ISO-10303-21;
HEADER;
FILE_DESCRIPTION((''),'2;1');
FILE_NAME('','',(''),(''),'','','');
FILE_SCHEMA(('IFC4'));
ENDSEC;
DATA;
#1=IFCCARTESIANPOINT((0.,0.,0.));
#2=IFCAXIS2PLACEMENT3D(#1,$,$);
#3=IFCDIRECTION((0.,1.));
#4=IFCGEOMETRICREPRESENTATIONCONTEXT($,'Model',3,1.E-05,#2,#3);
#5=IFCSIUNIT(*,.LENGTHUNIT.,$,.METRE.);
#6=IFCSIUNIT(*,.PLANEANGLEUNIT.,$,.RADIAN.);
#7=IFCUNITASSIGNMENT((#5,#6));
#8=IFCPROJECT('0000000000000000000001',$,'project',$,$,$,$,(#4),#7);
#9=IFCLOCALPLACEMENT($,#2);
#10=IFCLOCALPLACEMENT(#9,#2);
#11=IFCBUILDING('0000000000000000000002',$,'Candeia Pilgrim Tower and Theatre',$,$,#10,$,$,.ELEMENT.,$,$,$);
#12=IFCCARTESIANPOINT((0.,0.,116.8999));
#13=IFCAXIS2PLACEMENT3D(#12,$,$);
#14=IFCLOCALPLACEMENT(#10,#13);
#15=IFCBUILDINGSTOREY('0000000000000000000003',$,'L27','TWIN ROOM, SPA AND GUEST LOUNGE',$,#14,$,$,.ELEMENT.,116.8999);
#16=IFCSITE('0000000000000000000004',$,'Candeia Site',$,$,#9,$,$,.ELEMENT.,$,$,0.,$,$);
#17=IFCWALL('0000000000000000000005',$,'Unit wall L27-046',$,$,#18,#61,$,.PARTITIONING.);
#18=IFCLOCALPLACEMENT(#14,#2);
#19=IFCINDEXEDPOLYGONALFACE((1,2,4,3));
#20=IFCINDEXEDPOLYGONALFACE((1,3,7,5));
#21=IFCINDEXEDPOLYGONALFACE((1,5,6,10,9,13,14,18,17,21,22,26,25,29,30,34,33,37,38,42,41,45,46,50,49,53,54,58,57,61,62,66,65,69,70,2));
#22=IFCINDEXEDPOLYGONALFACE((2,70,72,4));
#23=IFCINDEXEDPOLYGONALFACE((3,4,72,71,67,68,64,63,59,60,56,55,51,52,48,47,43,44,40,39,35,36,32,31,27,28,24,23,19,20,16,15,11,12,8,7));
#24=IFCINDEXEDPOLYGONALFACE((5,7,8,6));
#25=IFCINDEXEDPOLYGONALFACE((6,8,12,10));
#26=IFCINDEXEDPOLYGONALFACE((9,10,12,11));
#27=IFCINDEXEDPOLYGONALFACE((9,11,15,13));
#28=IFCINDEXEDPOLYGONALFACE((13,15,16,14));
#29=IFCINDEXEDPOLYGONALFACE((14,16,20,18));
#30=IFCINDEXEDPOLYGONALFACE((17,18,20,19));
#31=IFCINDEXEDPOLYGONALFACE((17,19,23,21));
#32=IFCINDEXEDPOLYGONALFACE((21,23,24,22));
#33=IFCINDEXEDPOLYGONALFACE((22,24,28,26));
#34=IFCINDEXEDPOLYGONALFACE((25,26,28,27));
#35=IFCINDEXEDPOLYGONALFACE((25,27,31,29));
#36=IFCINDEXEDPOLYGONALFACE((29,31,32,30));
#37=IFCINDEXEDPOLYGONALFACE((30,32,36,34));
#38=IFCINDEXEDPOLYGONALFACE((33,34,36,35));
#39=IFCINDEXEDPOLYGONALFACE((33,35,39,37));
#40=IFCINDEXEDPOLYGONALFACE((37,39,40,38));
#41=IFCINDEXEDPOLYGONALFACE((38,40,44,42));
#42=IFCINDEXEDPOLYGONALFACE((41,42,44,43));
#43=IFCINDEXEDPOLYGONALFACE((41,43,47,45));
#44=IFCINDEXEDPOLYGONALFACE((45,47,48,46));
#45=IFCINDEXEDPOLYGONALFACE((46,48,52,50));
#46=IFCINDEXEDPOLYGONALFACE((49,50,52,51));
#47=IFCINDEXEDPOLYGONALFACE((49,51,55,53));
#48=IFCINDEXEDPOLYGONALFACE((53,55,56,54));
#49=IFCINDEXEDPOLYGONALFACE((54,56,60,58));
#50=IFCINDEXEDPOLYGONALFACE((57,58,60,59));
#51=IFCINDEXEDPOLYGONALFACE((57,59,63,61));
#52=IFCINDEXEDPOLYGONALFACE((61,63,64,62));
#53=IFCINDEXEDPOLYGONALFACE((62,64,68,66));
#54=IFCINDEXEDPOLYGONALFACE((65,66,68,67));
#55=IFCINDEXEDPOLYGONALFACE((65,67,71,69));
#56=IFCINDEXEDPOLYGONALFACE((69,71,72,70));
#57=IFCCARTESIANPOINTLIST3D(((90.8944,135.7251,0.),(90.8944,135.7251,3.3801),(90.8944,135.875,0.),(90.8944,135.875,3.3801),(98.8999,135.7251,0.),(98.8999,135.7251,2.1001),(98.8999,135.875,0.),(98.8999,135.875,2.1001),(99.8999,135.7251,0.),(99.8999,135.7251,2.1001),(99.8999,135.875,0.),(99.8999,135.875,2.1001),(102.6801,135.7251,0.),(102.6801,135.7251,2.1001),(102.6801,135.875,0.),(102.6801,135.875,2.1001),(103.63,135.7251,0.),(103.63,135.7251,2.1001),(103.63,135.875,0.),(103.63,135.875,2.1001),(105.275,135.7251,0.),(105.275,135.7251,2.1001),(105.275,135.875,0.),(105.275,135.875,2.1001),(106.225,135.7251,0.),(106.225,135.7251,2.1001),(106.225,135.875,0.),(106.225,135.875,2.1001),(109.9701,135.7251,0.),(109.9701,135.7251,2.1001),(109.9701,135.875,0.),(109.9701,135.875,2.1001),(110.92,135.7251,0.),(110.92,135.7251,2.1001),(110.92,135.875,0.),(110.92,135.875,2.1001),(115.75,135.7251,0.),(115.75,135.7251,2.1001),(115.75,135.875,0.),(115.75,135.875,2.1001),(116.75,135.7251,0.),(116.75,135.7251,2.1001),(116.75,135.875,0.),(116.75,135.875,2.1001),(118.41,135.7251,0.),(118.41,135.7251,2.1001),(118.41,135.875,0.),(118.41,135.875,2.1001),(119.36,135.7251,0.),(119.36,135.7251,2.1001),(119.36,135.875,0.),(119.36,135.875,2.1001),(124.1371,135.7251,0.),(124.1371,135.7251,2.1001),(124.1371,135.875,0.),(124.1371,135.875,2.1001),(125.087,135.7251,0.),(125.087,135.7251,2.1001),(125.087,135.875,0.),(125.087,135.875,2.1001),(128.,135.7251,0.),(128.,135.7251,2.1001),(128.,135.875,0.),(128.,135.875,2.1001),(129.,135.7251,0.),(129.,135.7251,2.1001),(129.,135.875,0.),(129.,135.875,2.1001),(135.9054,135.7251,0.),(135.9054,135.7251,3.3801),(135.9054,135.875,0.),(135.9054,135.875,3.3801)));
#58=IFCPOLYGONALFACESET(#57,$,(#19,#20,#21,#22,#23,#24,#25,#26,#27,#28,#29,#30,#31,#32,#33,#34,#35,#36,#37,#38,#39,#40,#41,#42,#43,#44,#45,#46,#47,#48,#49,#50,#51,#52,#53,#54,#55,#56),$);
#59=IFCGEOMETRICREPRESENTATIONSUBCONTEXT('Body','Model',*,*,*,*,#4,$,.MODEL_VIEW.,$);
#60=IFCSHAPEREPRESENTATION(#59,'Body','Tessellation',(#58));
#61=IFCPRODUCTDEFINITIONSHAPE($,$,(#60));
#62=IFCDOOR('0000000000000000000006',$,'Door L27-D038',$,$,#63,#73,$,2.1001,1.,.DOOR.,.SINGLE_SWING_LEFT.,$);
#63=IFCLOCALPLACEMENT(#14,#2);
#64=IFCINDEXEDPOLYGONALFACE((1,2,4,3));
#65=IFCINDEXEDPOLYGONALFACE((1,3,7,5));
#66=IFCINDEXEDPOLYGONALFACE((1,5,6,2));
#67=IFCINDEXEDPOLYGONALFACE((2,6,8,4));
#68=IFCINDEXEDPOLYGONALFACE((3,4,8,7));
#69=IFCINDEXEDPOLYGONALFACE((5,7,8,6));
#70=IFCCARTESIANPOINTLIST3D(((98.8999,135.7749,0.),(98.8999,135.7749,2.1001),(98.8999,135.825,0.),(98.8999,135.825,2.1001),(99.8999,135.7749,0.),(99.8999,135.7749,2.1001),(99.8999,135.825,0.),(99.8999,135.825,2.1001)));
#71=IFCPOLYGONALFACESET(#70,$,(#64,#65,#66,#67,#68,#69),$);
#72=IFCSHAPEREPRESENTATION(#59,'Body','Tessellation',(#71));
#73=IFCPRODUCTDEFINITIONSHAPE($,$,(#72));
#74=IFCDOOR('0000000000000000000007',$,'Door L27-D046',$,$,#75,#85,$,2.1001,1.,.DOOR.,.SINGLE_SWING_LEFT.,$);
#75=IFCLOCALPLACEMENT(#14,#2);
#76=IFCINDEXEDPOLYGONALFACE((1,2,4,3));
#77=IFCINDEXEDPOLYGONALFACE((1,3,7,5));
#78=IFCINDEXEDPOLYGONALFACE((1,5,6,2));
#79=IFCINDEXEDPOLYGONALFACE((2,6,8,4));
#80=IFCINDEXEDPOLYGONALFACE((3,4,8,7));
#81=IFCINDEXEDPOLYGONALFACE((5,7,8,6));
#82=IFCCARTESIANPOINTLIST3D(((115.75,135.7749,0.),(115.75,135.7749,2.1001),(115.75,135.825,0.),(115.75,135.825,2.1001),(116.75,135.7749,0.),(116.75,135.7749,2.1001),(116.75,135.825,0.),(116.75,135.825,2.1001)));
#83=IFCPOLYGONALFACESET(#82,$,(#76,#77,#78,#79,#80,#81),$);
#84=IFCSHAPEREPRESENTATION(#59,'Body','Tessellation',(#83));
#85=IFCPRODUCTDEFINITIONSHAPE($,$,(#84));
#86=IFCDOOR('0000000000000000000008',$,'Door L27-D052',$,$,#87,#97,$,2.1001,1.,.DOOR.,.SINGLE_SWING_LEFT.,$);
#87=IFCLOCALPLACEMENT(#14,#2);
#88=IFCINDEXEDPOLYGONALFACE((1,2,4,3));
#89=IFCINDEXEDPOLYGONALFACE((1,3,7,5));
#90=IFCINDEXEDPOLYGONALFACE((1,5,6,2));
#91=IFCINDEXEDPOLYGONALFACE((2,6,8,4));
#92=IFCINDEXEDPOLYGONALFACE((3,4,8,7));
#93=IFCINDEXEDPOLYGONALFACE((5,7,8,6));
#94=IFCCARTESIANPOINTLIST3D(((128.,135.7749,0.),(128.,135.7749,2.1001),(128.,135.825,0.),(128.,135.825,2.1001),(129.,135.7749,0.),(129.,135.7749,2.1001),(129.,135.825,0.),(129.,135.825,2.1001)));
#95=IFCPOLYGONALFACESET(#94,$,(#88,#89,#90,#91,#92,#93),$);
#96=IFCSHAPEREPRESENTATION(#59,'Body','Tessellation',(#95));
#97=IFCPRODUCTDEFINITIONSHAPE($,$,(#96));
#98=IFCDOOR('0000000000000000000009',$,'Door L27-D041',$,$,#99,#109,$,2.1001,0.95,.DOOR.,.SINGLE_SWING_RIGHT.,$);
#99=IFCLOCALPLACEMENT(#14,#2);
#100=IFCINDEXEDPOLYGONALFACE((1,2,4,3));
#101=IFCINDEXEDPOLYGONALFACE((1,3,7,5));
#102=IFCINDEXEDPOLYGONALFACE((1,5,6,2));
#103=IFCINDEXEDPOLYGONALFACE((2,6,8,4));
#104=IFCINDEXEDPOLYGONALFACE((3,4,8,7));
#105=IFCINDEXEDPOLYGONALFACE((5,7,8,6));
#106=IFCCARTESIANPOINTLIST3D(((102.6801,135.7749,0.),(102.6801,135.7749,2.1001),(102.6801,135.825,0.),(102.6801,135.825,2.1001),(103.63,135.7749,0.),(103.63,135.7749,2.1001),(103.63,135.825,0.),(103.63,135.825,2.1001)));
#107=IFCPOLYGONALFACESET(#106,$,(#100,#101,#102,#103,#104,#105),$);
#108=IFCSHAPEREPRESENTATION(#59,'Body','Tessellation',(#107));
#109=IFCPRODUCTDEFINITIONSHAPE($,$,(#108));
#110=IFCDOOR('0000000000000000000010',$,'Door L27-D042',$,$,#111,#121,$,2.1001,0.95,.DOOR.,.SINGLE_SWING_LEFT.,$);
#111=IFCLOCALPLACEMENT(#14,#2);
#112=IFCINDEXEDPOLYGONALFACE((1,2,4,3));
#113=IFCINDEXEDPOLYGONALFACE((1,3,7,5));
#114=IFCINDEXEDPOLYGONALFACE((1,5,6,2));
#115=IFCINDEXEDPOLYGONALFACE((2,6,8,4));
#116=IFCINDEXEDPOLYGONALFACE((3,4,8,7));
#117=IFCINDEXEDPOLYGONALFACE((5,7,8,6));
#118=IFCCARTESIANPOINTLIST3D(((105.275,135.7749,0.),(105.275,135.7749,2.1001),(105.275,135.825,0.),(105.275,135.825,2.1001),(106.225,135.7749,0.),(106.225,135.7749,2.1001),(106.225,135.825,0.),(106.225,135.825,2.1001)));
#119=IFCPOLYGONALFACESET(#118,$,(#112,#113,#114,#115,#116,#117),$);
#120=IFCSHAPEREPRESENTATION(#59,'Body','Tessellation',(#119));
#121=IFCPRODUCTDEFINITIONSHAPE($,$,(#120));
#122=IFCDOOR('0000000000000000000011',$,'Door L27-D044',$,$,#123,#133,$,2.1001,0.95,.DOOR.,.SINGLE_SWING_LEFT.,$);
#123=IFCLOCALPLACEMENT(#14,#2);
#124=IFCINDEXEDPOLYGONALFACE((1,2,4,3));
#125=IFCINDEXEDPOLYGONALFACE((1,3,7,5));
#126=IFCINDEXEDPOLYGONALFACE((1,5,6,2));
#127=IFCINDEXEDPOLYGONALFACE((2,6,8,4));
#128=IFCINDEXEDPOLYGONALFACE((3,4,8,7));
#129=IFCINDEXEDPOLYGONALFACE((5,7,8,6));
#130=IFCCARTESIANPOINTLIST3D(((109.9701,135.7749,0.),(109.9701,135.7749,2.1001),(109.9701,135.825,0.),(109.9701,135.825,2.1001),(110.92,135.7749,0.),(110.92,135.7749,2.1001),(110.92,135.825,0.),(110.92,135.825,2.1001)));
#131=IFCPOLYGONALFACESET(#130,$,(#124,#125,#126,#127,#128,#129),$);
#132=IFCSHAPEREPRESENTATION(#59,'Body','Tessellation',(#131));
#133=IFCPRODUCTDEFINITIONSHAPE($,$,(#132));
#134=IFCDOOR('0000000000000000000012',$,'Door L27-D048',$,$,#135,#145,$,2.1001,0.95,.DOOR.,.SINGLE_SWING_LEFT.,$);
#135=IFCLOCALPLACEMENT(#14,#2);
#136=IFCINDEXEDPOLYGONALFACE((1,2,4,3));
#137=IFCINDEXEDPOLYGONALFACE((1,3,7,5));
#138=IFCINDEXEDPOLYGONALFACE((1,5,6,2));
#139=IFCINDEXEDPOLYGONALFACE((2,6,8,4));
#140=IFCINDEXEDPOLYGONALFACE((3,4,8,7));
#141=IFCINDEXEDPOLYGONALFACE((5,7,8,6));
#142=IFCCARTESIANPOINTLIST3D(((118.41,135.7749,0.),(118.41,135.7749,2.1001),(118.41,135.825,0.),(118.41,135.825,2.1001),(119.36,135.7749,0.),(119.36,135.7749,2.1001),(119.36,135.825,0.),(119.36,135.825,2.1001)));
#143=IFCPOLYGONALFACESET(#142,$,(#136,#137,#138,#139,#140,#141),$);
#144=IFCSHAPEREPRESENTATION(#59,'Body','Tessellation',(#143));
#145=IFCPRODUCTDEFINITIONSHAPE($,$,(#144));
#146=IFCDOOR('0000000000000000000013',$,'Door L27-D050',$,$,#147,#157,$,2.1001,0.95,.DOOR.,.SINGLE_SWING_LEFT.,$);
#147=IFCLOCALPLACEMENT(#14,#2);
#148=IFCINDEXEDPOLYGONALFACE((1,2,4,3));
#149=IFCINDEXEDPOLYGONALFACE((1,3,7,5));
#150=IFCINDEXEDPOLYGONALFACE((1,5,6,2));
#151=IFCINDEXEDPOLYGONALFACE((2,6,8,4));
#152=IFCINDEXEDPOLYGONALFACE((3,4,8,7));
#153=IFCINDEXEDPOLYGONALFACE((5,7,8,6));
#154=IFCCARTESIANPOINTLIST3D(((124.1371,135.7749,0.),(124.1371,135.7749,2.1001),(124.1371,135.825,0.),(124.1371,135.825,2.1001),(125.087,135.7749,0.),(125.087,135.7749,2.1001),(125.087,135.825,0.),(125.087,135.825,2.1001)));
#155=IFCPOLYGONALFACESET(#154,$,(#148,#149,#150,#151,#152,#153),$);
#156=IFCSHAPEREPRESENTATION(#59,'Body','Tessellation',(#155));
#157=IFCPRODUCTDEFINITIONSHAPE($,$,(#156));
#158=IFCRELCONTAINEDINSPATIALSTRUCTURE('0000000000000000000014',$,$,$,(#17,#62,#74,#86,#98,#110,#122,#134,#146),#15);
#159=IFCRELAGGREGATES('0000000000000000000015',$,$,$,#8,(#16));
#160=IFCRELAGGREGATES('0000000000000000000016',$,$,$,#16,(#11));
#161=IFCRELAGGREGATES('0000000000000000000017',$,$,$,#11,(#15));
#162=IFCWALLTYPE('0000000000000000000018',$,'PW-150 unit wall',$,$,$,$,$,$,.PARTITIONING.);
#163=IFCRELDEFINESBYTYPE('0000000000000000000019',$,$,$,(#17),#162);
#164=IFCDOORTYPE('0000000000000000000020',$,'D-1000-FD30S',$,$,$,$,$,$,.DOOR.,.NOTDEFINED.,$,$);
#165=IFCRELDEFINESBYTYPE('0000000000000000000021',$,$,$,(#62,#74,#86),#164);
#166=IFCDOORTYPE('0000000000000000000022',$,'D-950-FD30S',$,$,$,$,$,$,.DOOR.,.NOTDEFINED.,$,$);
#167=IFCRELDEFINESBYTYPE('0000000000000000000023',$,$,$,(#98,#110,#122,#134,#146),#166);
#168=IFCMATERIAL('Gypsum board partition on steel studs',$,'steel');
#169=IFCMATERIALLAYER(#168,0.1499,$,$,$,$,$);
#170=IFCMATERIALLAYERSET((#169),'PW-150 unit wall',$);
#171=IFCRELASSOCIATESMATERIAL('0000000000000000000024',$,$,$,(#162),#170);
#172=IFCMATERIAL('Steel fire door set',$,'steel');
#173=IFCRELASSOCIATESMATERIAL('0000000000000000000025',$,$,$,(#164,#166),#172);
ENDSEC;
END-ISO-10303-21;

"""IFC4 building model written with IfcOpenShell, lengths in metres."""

from ifc_helpers import new_model, si_unit, direction, frame, frame_2d, origin, place, context, subcontext, project, spatial, rectangle, extrude, material, layer, layer_set, type_object, element, fill, save


model = new_model("IFC4")

# Units and contexts
model_context = context("Model", 3, precision=1e-05, world=origin(), true_north=direction((0.0, 1.0)))
body_context = subcontext(model_context, "Body", "Model", "MODEL_VIEW")
ifc_project = project(units=[si_unit("LENGTHUNIT", "METRE"), si_unit("PLANEANGLEUNIT", "RADIAN")], contexts=[model_context])

# Site, building, storey
site_placement = place(None, origin())
site = spatial("IfcSite", under=ifc_project, at=site_placement, Name="Candeia Site", CompositionType="ELEMENT", RefElevation=0.0)
building_placement = place(site_placement, origin())
building = spatial("IfcBuilding", under=site, at=building_placement, Name="Candeia Pilgrim Tower and Theatre", CompositionType="ELEMENT")
storey_placement = place(building_placement, frame((0.0, 0.0, 116.8999)))
storey = spatial("IfcBuildingStorey", under=building, at=storey_placement, Name="L27", Description="TWIN ROOM, SPA AND GUEST LOUNGE", CompositionType="ELEMENT", Elevation=116.8999)

# Shared definitions
ifc_material_1 = material(Name="Gypsum board partition on steel studs", Category="steel")

# Wall, openings, doors
ifc_layer_1 = layer(ifc_material_1, 0.1499)
ifc_layer_set_1 = layer_set([ifc_layer_1], Name="PW-150 unit wall")
wall_type_1 = type_object("IfcWallType", Name="PW-150 unit wall", PredefinedType="PARTITIONING", material=ifc_layer_set_1)
wall_1_placement = place(storey_placement, frame((90.8945, 135.8, 0.0), z_axis=(0.0, 0.0, 1.0), x_axis=(1.0, 0.0, 0.0)))
wall_1 = element("IfcWall", 1, at=wall_1_placement, inside=storey, type_object=wall_type_1, Name="Unit wall L27-046", PredefinedType="PARTITIONING", context=body_context, shape_type="SweptSolid", body=[
    extrude(rectangle(XDim=45.011, YDim=0.1499, at=frame_2d((22.5054, 0.0))), origin(), (0.0, 0.0, 1.0), 3.3801),
])
opening_1_placement = place(wall_1_placement, frame((8.0054, 0.0, 0.0)))
opening_1 = element("IfcOpeningElement", 2, at=opening_1_placement, cuts=wall_1, PredefinedType="OPENING", context=body_context, shape_type="SweptSolid", body=[
    extrude(rectangle(XDim=1.0, YDim=2.1001, at=frame_2d((0.5, 1.05))), frame((0.0, 0.085, 0.0), z_axis=(0.0, -1.0, 0.0), x_axis=(1.0, 0.0, 0.0)), (0.0, 0.0, 1.0), 0.1699),
])
opening_2_placement = place(wall_1_placement, frame((11.7854, 0.0, 0.0)))
opening_2 = element("IfcOpeningElement", 3, at=opening_2_placement, cuts=wall_1, PredefinedType="OPENING", context=body_context, shape_type="SweptSolid", body=[
    extrude(rectangle(XDim=0.95, YDim=2.1001, at=frame_2d((0.4751, 1.05))), frame((0.0, 0.085, 0.0), z_axis=(0.0, -1.0, 0.0), x_axis=(1.0, 0.0, 0.0)), (0.0, 0.0, 1.0), 0.1699),
])
opening_3_placement = place(wall_1_placement, frame((14.3804, 0.0, 0.0)))
opening_3 = element("IfcOpeningElement", 4, at=opening_3_placement, cuts=wall_1, PredefinedType="OPENING", context=body_context, shape_type="SweptSolid", body=[
    extrude(rectangle(XDim=0.95, YDim=2.1001, at=frame_2d((0.4751, 1.05))), frame((0.0, 0.085, 0.0), z_axis=(0.0, -1.0, 0.0), x_axis=(1.0, 0.0, 0.0)), (0.0, 0.0, 1.0), 0.1699),
])
opening_4_placement = place(wall_1_placement, frame((19.0754, 0.0, 0.0)))
opening_4 = element("IfcOpeningElement", 5, at=opening_4_placement, cuts=wall_1, PredefinedType="OPENING", context=body_context, shape_type="SweptSolid", body=[
    extrude(rectangle(XDim=0.95, YDim=2.1001, at=frame_2d((0.4751, 1.05))), frame((0.0, 0.085, 0.0), z_axis=(0.0, -1.0, 0.0), x_axis=(1.0, 0.0, 0.0)), (0.0, 0.0, 1.0), 0.1699),
])
opening_5_placement = place(wall_1_placement, frame((24.8555, 0.0, 0.0)))
opening_5 = element("IfcOpeningElement", 6, at=opening_5_placement, cuts=wall_1, PredefinedType="OPENING", context=body_context, shape_type="SweptSolid", body=[
    extrude(rectangle(XDim=1.0, YDim=2.1001, at=frame_2d((0.5, 1.05))), frame((0.0, 0.085, 0.0), z_axis=(0.0, -1.0, 0.0), x_axis=(1.0, 0.0, 0.0)), (0.0, 0.0, 1.0), 0.1699),
])
opening_6_placement = place(wall_1_placement, frame((27.5154, 0.0, 0.0)))
opening_6 = element("IfcOpeningElement", 7, at=opening_6_placement, cuts=wall_1, PredefinedType="OPENING", context=body_context, shape_type="SweptSolid", body=[
    extrude(rectangle(XDim=0.95, YDim=2.1001, at=frame_2d((0.4751, 1.05))), frame((0.0, 0.085, 0.0), z_axis=(0.0, -1.0, 0.0), x_axis=(1.0, 0.0, 0.0)), (0.0, 0.0, 1.0), 0.1699),
])
opening_7_placement = place(wall_1_placement, frame((33.2424, 0.0, 0.0)))
opening_7 = element("IfcOpeningElement", 8, at=opening_7_placement, cuts=wall_1, PredefinedType="OPENING", context=body_context, shape_type="SweptSolid", body=[
    extrude(rectangle(XDim=0.95, YDim=2.1001, at=frame_2d((0.4751, 1.05))), frame((0.0, 0.085, 0.0), z_axis=(0.0, -1.0, 0.0), x_axis=(1.0, 0.0, 0.0)), (0.0, 0.0, 1.0), 0.1699),
])
opening_8_placement = place(wall_1_placement, frame((37.1055, 0.0, 0.0)))
opening_8 = element("IfcOpeningElement", 9, at=opening_8_placement, cuts=wall_1, PredefinedType="OPENING", context=body_context, shape_type="SweptSolid", body=[
    extrude(rectangle(XDim=1.0, YDim=2.1001, at=frame_2d((0.5, 1.05))), frame((0.0, 0.085, 0.0), z_axis=(0.0, -1.0, 0.0), x_axis=(1.0, 0.0, 0.0)), (0.0, 0.0, 1.0), 0.1699),
])
ifc_material_2 = material(Name="Steel fire door set", Category="steel")
door_type_1 = type_object("IfcDoorType", Name="D-1000-FD30S", OperationType="NOTDEFINED", PredefinedType="DOOR", material=ifc_material_2)
door_1_placement = place(opening_1_placement, origin())
door_1 = element("IfcDoor", 10, at=door_1_placement, inside=storey, type_object=door_type_1, Name="Door L27-D038", OperationType="SINGLE_SWING_LEFT", OverallHeight=2.1001, OverallWidth=1.0, PredefinedType="DOOR", context=body_context, shape_type="SweptSolid", body=[
    extrude(rectangle(XDim=1.0, YDim=2.1001, at=frame_2d((0.5, 1.05))), frame((0.0, 0.0249, 0.0), z_axis=(0.0, -1.0, 0.0), x_axis=(1.0, 0.0, 0.0)), (0.0, 0.0, 1.0), 0.05),
])
fill(opening_1, door_1)
door_2_placement = place(opening_5_placement, origin())
door_2 = element("IfcDoor", 11, at=door_2_placement, inside=storey, type_object=door_type_1, Name="Door L27-D046", OperationType="SINGLE_SWING_LEFT", OverallHeight=2.1001, OverallWidth=1.0, PredefinedType="DOOR", context=body_context, shape_type="SweptSolid", body=[
    extrude(rectangle(XDim=1.0, YDim=2.1001, at=frame_2d((0.5, 1.05))), frame((0.0, 0.0249, 0.0), z_axis=(0.0, -1.0, 0.0), x_axis=(1.0, 0.0, 0.0)), (0.0, 0.0, 1.0), 0.05),
])
fill(opening_5, door_2)
door_3_placement = place(opening_8_placement, origin())
door_3 = element("IfcDoor", 12, at=door_3_placement, inside=storey, type_object=door_type_1, Name="Door L27-D052", OperationType="SINGLE_SWING_LEFT", OverallHeight=2.1001, OverallWidth=1.0, PredefinedType="DOOR", context=body_context, shape_type="SweptSolid", body=[
    extrude(rectangle(XDim=1.0, YDim=2.1001, at=frame_2d((0.5, 1.05))), frame((0.0, 0.0249, 0.0), z_axis=(0.0, -1.0, 0.0), x_axis=(1.0, 0.0, 0.0)), (0.0, 0.0, 1.0), 0.05),
])
fill(opening_8, door_3)
door_type_2 = type_object("IfcDoorType", Name="D-950-FD30S", OperationType="NOTDEFINED", PredefinedType="DOOR", material=ifc_material_2)
door_4_placement = place(opening_2_placement, origin())
door_4 = element("IfcDoor", 13, at=door_4_placement, inside=storey, type_object=door_type_2, Name="Door L27-D041", OperationType="SINGLE_SWING_RIGHT", OverallHeight=2.1001, OverallWidth=0.95, PredefinedType="DOOR", context=body_context, shape_type="SweptSolid", body=[
    extrude(rectangle(XDim=0.95, YDim=2.1001, at=frame_2d((0.4751, 1.05))), frame((0.0, 0.0249, 0.0), z_axis=(0.0, -1.0, 0.0), x_axis=(1.0, 0.0, 0.0)), (0.0, 0.0, 1.0), 0.05),
])
fill(opening_2, door_4)
door_5_placement = place(opening_3_placement, origin())
door_5 = element("IfcDoor", 14, at=door_5_placement, inside=storey, type_object=door_type_2, Name="Door L27-D042", OperationType="SINGLE_SWING_LEFT", OverallHeight=2.1001, OverallWidth=0.95, PredefinedType="DOOR", context=body_context, shape_type="SweptSolid", body=[
    extrude(rectangle(XDim=0.95, YDim=2.1001, at=frame_2d((0.4751, 1.05))), frame((0.0, 0.0249, 0.0), z_axis=(0.0, -1.0, 0.0), x_axis=(1.0, 0.0, 0.0)), (0.0, 0.0, 1.0), 0.05),
])
fill(opening_3, door_5)
door_6_placement = place(opening_4_placement, origin())
door_6 = element("IfcDoor", 15, at=door_6_placement, inside=storey, type_object=door_type_2, Name="Door L27-D044", OperationType="SINGLE_SWING_LEFT", OverallHeight=2.1001, OverallWidth=0.95, PredefinedType="DOOR", context=body_context, shape_type="SweptSolid", body=[
    extrude(rectangle(XDim=0.95, YDim=2.1001, at=frame_2d((0.4751, 1.05))), frame((0.0, 0.0249, 0.0), z_axis=(0.0, -1.0, 0.0), x_axis=(1.0, 0.0, 0.0)), (0.0, 0.0, 1.0), 0.05),
])
fill(opening_4, door_6)
door_7_placement = place(opening_6_placement, origin())
door_7 = element("IfcDoor", 16, at=door_7_placement, inside=storey, type_object=door_type_2, Name="Door L27-D048", OperationType="SINGLE_SWING_LEFT", OverallHeight=2.1001, OverallWidth=0.95, PredefinedType="DOOR", context=body_context, shape_type="SweptSolid", body=[
    extrude(rectangle(XDim=0.95, YDim=2.1001, at=frame_2d((0.4751, 1.05))), frame((0.0, 0.0249, 0.0), z_axis=(0.0, -1.0, 0.0), x_axis=(1.0, 0.0, 0.0)), (0.0, 0.0, 1.0), 0.05),
])
fill(opening_6, door_7)
door_8_placement = place(opening_7_placement, origin())
door_8 = element("IfcDoor", 17, at=door_8_placement, inside=storey, type_object=door_type_2, Name="Door L27-D050", OperationType="SINGLE_SWING_LEFT", OverallHeight=2.1001, OverallWidth=0.95, PredefinedType="DOOR", context=body_context, shape_type="SweptSolid", body=[
    extrude(rectangle(XDim=0.95, YDim=2.1001, at=frame_2d((0.4751, 1.05))), frame((0.0, 0.0249, 0.0), z_axis=(0.0, -1.0, 0.0), x_axis=(1.0, 0.0, 0.0)), (0.0, 0.0, 1.0), 0.05),
])
fill(opening_7, door_8)

save(model, "model.ifc")
